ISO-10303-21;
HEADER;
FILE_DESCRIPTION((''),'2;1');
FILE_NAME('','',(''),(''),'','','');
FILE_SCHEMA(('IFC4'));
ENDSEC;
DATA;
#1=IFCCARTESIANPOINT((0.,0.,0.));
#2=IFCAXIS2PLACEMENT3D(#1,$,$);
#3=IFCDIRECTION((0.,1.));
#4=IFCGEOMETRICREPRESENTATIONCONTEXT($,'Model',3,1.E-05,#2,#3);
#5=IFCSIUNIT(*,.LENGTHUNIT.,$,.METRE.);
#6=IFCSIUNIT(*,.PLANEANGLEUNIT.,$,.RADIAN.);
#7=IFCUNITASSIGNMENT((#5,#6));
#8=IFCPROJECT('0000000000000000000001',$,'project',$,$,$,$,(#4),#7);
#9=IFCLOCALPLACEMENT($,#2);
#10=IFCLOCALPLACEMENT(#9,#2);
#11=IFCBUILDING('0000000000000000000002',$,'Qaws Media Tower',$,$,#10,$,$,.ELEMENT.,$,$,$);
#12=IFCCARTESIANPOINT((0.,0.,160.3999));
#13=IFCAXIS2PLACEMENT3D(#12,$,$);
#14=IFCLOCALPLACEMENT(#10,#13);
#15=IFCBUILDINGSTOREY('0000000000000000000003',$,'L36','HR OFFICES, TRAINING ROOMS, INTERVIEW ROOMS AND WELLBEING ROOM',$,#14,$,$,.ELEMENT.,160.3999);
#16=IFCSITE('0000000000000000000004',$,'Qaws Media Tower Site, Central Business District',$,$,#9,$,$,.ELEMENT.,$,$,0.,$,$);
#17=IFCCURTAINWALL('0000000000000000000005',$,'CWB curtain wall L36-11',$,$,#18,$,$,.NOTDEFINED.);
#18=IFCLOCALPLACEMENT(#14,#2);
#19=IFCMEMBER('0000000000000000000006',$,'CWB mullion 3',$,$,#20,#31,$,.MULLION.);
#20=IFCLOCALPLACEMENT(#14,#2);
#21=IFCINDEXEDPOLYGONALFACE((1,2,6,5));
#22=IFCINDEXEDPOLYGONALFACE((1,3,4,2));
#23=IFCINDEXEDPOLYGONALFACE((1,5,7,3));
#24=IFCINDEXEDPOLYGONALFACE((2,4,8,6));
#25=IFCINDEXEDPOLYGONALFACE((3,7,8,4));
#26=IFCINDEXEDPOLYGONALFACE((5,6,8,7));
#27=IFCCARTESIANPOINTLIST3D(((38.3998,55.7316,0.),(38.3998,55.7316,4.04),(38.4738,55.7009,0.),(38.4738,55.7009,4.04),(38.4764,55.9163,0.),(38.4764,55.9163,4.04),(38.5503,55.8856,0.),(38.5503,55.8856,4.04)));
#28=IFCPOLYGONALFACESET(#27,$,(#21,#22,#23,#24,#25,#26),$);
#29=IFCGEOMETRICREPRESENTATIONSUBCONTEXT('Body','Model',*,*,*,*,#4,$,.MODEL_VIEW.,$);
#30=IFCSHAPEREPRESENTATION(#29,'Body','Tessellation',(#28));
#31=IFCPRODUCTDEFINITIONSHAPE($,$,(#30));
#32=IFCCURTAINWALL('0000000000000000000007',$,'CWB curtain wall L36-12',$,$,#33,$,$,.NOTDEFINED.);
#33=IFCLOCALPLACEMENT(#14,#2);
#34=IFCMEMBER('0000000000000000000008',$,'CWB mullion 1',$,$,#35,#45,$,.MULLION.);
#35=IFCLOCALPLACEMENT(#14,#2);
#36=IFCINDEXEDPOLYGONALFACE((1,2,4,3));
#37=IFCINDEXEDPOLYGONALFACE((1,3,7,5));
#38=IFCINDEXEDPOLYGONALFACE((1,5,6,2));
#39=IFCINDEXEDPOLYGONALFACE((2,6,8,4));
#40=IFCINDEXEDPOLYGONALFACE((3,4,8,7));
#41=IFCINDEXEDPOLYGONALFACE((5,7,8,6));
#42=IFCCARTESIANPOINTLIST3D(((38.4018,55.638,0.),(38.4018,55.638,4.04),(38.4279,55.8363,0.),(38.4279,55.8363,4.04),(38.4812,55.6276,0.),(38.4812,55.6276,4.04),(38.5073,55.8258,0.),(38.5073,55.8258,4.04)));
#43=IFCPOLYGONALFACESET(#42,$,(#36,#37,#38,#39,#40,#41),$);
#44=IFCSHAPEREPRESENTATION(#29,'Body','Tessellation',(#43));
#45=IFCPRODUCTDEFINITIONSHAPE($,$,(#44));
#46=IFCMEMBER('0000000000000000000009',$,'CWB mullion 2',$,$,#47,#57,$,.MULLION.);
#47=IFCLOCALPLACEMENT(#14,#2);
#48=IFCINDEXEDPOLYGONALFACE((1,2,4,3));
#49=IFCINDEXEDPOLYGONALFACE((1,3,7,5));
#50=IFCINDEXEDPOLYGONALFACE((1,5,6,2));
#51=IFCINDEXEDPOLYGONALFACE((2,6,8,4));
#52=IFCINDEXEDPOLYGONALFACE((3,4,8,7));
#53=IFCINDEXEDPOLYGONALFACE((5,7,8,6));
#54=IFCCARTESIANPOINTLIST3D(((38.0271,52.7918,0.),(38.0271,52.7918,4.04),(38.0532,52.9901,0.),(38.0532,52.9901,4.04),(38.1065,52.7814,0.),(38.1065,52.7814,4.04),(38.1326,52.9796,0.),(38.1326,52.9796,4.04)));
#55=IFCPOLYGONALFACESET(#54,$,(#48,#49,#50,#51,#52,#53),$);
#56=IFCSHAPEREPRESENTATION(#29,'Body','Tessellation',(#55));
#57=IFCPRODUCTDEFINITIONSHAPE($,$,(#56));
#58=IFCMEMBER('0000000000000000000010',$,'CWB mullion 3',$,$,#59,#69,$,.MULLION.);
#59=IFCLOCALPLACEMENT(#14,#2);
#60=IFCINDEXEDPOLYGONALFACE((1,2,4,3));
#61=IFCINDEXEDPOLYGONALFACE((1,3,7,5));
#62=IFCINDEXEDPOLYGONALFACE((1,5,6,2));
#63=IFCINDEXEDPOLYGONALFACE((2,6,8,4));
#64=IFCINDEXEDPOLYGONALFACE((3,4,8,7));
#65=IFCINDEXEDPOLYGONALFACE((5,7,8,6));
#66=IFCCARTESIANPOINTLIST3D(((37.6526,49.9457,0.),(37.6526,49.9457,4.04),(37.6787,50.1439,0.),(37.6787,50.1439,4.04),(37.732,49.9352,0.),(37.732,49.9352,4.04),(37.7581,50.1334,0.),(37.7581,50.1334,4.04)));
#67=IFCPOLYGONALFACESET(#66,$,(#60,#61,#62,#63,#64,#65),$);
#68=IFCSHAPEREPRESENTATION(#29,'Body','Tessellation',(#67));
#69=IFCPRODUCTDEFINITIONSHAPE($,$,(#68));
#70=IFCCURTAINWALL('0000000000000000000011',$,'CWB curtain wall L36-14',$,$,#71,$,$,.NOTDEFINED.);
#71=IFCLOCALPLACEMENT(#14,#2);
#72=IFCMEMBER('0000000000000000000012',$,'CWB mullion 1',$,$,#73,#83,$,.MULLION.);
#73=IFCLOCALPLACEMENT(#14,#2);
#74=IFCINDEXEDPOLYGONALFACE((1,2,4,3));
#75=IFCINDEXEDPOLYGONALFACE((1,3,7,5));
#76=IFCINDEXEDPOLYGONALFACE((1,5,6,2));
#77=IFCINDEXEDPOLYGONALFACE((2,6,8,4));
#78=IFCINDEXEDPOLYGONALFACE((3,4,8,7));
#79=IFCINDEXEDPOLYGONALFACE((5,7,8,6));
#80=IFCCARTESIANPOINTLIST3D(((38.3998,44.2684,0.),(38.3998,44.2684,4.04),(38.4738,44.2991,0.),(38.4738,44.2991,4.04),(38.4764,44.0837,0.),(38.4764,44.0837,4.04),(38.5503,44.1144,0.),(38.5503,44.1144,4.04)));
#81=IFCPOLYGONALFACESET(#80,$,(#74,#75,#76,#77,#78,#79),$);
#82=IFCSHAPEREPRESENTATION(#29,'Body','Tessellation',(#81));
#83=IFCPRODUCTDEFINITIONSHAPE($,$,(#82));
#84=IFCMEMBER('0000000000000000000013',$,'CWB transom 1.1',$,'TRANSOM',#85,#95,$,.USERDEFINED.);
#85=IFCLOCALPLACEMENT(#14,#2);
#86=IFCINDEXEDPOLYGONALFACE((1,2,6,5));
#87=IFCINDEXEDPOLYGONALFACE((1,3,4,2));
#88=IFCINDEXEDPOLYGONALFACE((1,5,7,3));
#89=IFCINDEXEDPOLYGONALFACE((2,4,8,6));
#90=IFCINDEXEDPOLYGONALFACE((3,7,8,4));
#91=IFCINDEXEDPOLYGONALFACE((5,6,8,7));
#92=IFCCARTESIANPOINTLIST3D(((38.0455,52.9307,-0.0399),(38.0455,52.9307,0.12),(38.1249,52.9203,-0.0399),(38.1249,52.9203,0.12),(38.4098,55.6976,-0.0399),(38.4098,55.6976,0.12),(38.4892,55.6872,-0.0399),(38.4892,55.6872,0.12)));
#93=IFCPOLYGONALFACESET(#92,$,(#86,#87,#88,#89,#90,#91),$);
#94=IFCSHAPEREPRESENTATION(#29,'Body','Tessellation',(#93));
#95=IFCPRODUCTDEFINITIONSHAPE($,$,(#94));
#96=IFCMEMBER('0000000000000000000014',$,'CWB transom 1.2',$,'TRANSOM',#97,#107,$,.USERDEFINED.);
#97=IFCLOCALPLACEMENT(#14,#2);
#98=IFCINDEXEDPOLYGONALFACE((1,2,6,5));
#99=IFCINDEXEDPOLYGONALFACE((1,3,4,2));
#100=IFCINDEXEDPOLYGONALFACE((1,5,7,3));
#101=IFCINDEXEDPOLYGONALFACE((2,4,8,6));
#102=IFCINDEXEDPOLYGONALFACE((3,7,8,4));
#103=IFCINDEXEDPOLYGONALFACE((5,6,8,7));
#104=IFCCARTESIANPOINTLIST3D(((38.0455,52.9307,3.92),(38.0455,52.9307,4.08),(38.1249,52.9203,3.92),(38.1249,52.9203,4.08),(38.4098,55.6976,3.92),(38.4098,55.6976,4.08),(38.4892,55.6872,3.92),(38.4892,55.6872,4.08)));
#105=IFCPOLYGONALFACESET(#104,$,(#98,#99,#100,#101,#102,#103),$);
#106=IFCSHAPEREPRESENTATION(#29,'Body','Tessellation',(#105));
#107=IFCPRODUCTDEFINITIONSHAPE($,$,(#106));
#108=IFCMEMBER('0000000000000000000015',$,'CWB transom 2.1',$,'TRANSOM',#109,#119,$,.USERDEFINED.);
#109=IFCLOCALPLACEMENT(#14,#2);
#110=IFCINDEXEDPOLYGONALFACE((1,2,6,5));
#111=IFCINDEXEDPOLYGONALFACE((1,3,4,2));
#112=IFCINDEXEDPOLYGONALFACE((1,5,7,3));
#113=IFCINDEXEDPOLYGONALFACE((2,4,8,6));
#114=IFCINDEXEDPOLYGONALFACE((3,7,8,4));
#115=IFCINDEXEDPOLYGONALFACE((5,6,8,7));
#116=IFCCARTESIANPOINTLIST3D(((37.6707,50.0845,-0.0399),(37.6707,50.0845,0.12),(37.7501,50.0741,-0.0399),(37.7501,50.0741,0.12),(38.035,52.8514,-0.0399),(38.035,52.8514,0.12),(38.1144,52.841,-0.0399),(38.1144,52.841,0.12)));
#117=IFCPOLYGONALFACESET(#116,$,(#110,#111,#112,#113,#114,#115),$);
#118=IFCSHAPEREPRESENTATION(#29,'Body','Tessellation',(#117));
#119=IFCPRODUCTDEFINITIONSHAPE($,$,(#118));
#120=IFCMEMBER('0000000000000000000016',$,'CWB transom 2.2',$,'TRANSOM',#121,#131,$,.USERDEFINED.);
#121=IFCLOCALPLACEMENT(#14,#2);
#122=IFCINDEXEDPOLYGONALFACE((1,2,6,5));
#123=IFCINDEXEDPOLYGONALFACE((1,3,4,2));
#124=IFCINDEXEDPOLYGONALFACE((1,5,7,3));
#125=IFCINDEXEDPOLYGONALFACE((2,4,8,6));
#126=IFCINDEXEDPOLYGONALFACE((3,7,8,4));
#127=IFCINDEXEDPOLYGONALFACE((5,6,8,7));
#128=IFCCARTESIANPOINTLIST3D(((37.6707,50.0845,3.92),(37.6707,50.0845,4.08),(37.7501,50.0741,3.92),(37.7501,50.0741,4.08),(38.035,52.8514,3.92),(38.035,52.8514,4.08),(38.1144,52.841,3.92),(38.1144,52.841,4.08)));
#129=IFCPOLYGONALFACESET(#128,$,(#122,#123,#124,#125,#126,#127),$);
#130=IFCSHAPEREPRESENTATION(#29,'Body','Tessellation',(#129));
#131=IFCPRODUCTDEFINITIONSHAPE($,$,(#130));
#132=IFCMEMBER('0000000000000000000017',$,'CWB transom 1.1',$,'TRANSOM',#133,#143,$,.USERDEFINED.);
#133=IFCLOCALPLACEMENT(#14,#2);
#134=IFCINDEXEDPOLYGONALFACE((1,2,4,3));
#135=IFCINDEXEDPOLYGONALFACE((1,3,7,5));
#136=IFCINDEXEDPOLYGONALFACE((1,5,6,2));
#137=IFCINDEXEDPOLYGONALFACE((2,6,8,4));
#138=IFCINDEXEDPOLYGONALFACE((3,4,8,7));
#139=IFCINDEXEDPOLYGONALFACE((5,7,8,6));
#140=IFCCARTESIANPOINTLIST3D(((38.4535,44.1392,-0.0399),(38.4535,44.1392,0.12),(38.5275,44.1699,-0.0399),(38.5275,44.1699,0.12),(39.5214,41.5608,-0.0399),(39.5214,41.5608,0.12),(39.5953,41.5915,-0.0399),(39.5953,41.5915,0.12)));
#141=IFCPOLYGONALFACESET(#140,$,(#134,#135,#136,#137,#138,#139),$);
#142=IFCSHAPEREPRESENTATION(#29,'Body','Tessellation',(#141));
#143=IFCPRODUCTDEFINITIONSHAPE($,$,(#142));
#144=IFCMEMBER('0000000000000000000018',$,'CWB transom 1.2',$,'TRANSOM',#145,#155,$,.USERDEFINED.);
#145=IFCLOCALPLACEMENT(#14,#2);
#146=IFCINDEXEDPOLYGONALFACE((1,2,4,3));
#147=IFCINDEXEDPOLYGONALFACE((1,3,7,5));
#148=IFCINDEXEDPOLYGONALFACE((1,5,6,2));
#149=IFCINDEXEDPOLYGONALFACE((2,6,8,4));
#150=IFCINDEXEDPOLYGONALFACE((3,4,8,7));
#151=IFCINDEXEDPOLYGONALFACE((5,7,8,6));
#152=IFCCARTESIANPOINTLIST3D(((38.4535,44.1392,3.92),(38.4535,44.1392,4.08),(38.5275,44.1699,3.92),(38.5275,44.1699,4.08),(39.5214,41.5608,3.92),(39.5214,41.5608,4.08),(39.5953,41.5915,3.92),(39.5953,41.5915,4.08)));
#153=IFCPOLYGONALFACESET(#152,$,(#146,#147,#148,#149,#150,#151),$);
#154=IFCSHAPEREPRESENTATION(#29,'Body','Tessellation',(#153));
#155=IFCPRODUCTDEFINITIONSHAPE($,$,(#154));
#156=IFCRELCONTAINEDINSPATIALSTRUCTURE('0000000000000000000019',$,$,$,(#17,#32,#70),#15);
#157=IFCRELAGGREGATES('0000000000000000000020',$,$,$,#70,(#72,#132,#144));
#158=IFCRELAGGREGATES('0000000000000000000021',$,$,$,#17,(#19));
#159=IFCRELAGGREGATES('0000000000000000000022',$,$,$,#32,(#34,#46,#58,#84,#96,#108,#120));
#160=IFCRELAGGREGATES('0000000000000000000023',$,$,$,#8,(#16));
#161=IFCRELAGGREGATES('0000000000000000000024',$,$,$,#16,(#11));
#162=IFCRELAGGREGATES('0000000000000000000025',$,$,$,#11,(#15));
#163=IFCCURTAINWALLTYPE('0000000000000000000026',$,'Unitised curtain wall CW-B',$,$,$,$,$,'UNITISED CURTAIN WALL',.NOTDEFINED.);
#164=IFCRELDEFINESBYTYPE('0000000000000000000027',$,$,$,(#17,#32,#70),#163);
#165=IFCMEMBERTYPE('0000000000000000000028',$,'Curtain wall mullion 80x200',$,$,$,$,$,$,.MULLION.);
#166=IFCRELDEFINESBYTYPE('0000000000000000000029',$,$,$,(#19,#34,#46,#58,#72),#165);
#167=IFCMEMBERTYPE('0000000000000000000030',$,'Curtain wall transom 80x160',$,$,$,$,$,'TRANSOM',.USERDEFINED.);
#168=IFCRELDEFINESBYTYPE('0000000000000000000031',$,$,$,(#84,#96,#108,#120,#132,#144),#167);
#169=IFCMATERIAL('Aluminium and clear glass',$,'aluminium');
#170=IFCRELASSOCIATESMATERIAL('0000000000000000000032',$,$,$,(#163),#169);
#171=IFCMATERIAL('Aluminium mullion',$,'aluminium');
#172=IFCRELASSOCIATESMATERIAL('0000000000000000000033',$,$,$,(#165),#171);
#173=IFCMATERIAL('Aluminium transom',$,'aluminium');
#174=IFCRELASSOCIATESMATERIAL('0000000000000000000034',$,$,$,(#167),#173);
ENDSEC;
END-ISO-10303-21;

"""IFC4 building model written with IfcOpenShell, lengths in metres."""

from ifc_helpers import new_model, si_unit, direction, frame, origin, origin_2d, place, context, subcontext, project, spatial, rectangle, extrude, material, material_profile, profile_set, type_object, element, aggregate, save


model = new_model("IFC4")

# Units and contexts
model_context = context("Model", 3, precision=1e-05, world=origin(), true_north=direction((0.0, 1.0)))
body_context = subcontext(model_context, "Body", "Model", "MODEL_VIEW")
ifc_project = project(units=[si_unit("LENGTHUNIT", "METRE"), si_unit("PLANEANGLEUNIT", "RADIAN")], contexts=[model_context])

# Site, building, storey
site_placement = place(None, origin())
site = spatial("IfcSite", under=ifc_project, at=site_placement, Name="Qaws Media Tower Site, Central Business District", CompositionType="ELEMENT", RefElevation=0.0)
building_placement = place(site_placement, origin())
building = spatial("IfcBuilding", under=site, at=building_placement, Name="Qaws Media Tower", CompositionType="ELEMENT")
storey_placement = place(building_placement, frame((0.0, 0.0, 160.3999)))
storey = spatial("IfcBuildingStorey", under=building, at=storey_placement, Name="L36", Description="HR OFFICES, TRAINING ROOMS, INTERVIEW ROOMS AND WELLBEING ROOM", CompositionType="ELEMENT", Elevation=160.3999)

# Curtain wall, member
ifc_material_1 = material(Name="Aluminium and clear glass", Category="aluminium")
curtain_wall_type = type_object("IfcCurtainWallType", Name="Unitised curtain wall CW-B", ElementType="UNITISED CURTAIN WALL", PredefinedType="NOTDEFINED", material=ifc_material_1)
curtain_wall_1_placement = place(storey_placement, origin())
curtain_wall_1 = element("IfcCurtainWall", 1, at=curtain_wall_1_placement, inside=storey, type_object=curtain_wall_type, Name="CWB curtain wall L36-11", PredefinedType="NOTDEFINED")
ifc_material_2 = material(Name="Aluminium mullion", Category="aluminium")
ifc_material_profile_1 = material_profile(ifc_material_2, rectangle(XDim=0.0801, YDim=0.2, at=origin_2d()), Name="80x200")
ifc_profile_set_1 = profile_set([ifc_material_profile_1], Name="Aluminium mullion")
member_type_1 = type_object("IfcMemberType", Name="Curtain wall mullion 80x200", PredefinedType="MULLION", material=ifc_profile_set_1)
member_1_placement = place(storey_placement, frame((38.4751, 55.8086, 0.0), z_axis=(0.0, 0.0, 1.0), x_axis=(0.92388, -0.382683, 0.0)))
member_1 = element("IfcMember", 2, at=member_1_placement, type_object=member_type_1, Name="CWB mullion 3", PredefinedType="MULLION", context=body_context, shape_type="SweptSolid", body=[
    extrude(rectangle(XDim=0.0801, YDim=0.2, at=origin_2d()), origin(), (0.0, 0.0, 1.0), 4.04),
])

# Curtain wall, members
curtain_wall_2_placement = place(storey_placement, origin())
curtain_wall_2 = element("IfcCurtainWall", 3, at=curtain_wall_2_placement, inside=storey, type_object=curtain_wall_type, Name="CWB curtain wall L36-12", PredefinedType="NOTDEFINED")
member_2_placement = place(storey_placement, frame((38.4546, 55.7319, 0.0), z_axis=(0.0, 0.0, 1.0), x_axis=(0.991445, -0.130526, 0.0)))
member_2 = element("IfcMember", 4, at=member_2_placement, type_object=member_type_1, Name="CWB mullion 1", PredefinedType="MULLION", context=body_context, shape_type="SweptSolid", body=[
    extrude(rectangle(XDim=0.0801, YDim=0.2, at=origin_2d()), origin(), (0.0, 0.0, 1.0), 4.04),
])
member_3_placement = place(storey_placement, frame((38.0798, 52.8857, 0.0), z_axis=(0.0, 0.0, 1.0), x_axis=(0.991445, -0.130526, 0.0)))
member_3 = element("IfcMember", 5, at=member_3_placement, type_object=member_type_1, Name="CWB mullion 2", PredefinedType="MULLION", context=body_context, shape_type="SweptSolid", body=[
    extrude(rectangle(XDim=0.0801, YDim=0.2, at=origin_2d()), origin(), (0.0, 0.0, 1.0), 4.04),
])
member_4_placement = place(storey_placement, frame((37.7053, 50.0396, 0.0), z_axis=(0.0, 0.0, 1.0), x_axis=(0.991445, -0.130526, 0.0)))
member_4 = element("IfcMember", 6, at=member_4_placement, type_object=member_type_1, Name="CWB mullion 3", PredefinedType="MULLION", context=body_context, shape_type="SweptSolid", body=[
    extrude(rectangle(XDim=0.0801, YDim=0.2, at=origin_2d()), origin(), (0.0, 0.0, 1.0), 4.04),
])

# Curtain wall, member
curtain_wall_3_placement = place(storey_placement, origin())
curtain_wall_3 = element("IfcCurtainWall", 7, at=curtain_wall_3_placement, inside=storey, type_object=curtain_wall_type, Name="CWB curtain wall L36-14", PredefinedType="NOTDEFINED")
member_5_placement = place(storey_placement, frame((38.4751, 44.1914, 0.0), z_axis=(0.0, 0.0, 1.0), x_axis=(0.92388, 0.382683, 0.0)))
member_5 = element("IfcMember", 8, at=member_5_placement, type_object=member_type_1, Name="CWB mullion 1", PredefinedType="MULLION", context=body_context, shape_type="SweptSolid", body=[
    extrude(rectangle(XDim=0.0801, YDim=0.2, at=origin_2d()), origin(), (0.0, 0.0, 1.0), 4.04),
])

# Members
ifc_material_3 = material(Name="Aluminium transom", Category="aluminium")
ifc_material_profile_2 = material_profile(ifc_material_3, rectangle(XDim=0.0801, YDim=0.1599, at=origin_2d()), Name="80x160")
ifc_profile_set_2 = profile_set([ifc_material_profile_2], Name="Aluminium transom")
member_type_2 = type_object("IfcMemberType", Name="Curtain wall transom 80x160", ElementType="TRANSOM", PredefinedType="USERDEFINED", material=ifc_profile_set_2)
member_6_placement = place(storey_placement, frame((38.4495, 55.6924, 0.04), z_axis=(-0.130525, -0.991445, 0.0), x_axis=(0.991445, -0.130525, 0.0)))
member_6 = element("IfcMember", 9, at=member_6_placement, type_object=member_type_2, Name="CWB transom 1.1", ObjectType="TRANSOM", PredefinedType="USERDEFINED", context=body_context, shape_type="SweptSolid", body=[
    extrude(rectangle(XDim=0.0801, YDim=0.1599, at=origin_2d()), origin(), (0.0, 0.0, 1.0), 2.7908),
])
member_7_placement = place(storey_placement, frame((38.4495, 55.6924, 4.0), z_axis=(-0.130525, -0.991445, 0.0), x_axis=(0.991445, -0.130525, 0.0)))
member_7 = element("IfcMember", 10, at=member_7_placement, type_object=member_type_2, Name="CWB transom 1.2", ObjectType="TRANSOM", PredefinedType="USERDEFINED", context=body_context, shape_type="SweptSolid", body=[
    extrude(rectangle(XDim=0.0801, YDim=0.1599, at=origin_2d()), origin(), (0.0, 0.0, 1.0), 2.7908),
])
member_8_placement = place(storey_placement, frame((38.0747, 52.8462, 0.04), z_axis=(-0.130525, -0.991445, 0.0), x_axis=(0.991445, -0.130525, 0.0)))
member_8 = element("IfcMember", 11, at=member_8_placement, type_object=member_type_2, Name="CWB transom 2.1", ObjectType="TRANSOM", PredefinedType="USERDEFINED", context=body_context, shape_type="SweptSolid", body=[
    extrude(rectangle(XDim=0.0801, YDim=0.1599, at=origin_2d()), origin(), (0.0, 0.0, 1.0), 2.7908),
])
member_9_placement = place(storey_placement, frame((38.0747, 52.8462, 4.0), z_axis=(-0.130525, -0.991445, 0.0), x_axis=(0.991445, -0.130525, 0.0)))
member_9 = element("IfcMember", 12, at=member_9_placement, type_object=member_type_2, Name="CWB transom 2.2", ObjectType="TRANSOM", PredefinedType="USERDEFINED", context=body_context, shape_type="SweptSolid", body=[
    extrude(rectangle(XDim=0.0801, YDim=0.1599, at=origin_2d()), origin(), (0.0, 0.0, 1.0), 2.7908),
])
member_10_placement = place(storey_placement, frame((38.4905, 44.1545, 0.04), z_axis=(0.382645, -0.923895, 0.0), x_axis=(0.923895, 0.382645, 0.0)))
member_10 = element("IfcMember", 13, at=member_10_placement, type_object=member_type_2, Name="CWB transom 1.1", ObjectType="TRANSOM", PredefinedType="USERDEFINED", context=body_context, shape_type="SweptSolid", body=[
    extrude(rectangle(XDim=0.0801, YDim=0.1599, at=origin_2d()), origin(), (0.0, 0.0, 1.0), 2.7908),
])
member_11_placement = place(storey_placement, frame((38.4905, 44.1545, 4.0), z_axis=(0.382645, -0.923895, 0.0), x_axis=(0.923895, 0.382645, 0.0)))
member_11 = element("IfcMember", 14, at=member_11_placement, type_object=member_type_2, Name="CWB transom 1.2", ObjectType="TRANSOM", PredefinedType="USERDEFINED", context=body_context, shape_type="SweptSolid", body=[
    extrude(rectangle(XDim=0.0801, YDim=0.1599, at=origin_2d()), origin(), (0.0, 0.0, 1.0), 2.7908),
])
aggregate(curtain_wall_3, [member_5, member_10, member_11])

aggregate(curtain_wall_1, [member_1])
aggregate(curtain_wall_2, [member_2, member_3, member_4, member_6, member_7, member_8, member_9])

save(model, "model.ifc")
